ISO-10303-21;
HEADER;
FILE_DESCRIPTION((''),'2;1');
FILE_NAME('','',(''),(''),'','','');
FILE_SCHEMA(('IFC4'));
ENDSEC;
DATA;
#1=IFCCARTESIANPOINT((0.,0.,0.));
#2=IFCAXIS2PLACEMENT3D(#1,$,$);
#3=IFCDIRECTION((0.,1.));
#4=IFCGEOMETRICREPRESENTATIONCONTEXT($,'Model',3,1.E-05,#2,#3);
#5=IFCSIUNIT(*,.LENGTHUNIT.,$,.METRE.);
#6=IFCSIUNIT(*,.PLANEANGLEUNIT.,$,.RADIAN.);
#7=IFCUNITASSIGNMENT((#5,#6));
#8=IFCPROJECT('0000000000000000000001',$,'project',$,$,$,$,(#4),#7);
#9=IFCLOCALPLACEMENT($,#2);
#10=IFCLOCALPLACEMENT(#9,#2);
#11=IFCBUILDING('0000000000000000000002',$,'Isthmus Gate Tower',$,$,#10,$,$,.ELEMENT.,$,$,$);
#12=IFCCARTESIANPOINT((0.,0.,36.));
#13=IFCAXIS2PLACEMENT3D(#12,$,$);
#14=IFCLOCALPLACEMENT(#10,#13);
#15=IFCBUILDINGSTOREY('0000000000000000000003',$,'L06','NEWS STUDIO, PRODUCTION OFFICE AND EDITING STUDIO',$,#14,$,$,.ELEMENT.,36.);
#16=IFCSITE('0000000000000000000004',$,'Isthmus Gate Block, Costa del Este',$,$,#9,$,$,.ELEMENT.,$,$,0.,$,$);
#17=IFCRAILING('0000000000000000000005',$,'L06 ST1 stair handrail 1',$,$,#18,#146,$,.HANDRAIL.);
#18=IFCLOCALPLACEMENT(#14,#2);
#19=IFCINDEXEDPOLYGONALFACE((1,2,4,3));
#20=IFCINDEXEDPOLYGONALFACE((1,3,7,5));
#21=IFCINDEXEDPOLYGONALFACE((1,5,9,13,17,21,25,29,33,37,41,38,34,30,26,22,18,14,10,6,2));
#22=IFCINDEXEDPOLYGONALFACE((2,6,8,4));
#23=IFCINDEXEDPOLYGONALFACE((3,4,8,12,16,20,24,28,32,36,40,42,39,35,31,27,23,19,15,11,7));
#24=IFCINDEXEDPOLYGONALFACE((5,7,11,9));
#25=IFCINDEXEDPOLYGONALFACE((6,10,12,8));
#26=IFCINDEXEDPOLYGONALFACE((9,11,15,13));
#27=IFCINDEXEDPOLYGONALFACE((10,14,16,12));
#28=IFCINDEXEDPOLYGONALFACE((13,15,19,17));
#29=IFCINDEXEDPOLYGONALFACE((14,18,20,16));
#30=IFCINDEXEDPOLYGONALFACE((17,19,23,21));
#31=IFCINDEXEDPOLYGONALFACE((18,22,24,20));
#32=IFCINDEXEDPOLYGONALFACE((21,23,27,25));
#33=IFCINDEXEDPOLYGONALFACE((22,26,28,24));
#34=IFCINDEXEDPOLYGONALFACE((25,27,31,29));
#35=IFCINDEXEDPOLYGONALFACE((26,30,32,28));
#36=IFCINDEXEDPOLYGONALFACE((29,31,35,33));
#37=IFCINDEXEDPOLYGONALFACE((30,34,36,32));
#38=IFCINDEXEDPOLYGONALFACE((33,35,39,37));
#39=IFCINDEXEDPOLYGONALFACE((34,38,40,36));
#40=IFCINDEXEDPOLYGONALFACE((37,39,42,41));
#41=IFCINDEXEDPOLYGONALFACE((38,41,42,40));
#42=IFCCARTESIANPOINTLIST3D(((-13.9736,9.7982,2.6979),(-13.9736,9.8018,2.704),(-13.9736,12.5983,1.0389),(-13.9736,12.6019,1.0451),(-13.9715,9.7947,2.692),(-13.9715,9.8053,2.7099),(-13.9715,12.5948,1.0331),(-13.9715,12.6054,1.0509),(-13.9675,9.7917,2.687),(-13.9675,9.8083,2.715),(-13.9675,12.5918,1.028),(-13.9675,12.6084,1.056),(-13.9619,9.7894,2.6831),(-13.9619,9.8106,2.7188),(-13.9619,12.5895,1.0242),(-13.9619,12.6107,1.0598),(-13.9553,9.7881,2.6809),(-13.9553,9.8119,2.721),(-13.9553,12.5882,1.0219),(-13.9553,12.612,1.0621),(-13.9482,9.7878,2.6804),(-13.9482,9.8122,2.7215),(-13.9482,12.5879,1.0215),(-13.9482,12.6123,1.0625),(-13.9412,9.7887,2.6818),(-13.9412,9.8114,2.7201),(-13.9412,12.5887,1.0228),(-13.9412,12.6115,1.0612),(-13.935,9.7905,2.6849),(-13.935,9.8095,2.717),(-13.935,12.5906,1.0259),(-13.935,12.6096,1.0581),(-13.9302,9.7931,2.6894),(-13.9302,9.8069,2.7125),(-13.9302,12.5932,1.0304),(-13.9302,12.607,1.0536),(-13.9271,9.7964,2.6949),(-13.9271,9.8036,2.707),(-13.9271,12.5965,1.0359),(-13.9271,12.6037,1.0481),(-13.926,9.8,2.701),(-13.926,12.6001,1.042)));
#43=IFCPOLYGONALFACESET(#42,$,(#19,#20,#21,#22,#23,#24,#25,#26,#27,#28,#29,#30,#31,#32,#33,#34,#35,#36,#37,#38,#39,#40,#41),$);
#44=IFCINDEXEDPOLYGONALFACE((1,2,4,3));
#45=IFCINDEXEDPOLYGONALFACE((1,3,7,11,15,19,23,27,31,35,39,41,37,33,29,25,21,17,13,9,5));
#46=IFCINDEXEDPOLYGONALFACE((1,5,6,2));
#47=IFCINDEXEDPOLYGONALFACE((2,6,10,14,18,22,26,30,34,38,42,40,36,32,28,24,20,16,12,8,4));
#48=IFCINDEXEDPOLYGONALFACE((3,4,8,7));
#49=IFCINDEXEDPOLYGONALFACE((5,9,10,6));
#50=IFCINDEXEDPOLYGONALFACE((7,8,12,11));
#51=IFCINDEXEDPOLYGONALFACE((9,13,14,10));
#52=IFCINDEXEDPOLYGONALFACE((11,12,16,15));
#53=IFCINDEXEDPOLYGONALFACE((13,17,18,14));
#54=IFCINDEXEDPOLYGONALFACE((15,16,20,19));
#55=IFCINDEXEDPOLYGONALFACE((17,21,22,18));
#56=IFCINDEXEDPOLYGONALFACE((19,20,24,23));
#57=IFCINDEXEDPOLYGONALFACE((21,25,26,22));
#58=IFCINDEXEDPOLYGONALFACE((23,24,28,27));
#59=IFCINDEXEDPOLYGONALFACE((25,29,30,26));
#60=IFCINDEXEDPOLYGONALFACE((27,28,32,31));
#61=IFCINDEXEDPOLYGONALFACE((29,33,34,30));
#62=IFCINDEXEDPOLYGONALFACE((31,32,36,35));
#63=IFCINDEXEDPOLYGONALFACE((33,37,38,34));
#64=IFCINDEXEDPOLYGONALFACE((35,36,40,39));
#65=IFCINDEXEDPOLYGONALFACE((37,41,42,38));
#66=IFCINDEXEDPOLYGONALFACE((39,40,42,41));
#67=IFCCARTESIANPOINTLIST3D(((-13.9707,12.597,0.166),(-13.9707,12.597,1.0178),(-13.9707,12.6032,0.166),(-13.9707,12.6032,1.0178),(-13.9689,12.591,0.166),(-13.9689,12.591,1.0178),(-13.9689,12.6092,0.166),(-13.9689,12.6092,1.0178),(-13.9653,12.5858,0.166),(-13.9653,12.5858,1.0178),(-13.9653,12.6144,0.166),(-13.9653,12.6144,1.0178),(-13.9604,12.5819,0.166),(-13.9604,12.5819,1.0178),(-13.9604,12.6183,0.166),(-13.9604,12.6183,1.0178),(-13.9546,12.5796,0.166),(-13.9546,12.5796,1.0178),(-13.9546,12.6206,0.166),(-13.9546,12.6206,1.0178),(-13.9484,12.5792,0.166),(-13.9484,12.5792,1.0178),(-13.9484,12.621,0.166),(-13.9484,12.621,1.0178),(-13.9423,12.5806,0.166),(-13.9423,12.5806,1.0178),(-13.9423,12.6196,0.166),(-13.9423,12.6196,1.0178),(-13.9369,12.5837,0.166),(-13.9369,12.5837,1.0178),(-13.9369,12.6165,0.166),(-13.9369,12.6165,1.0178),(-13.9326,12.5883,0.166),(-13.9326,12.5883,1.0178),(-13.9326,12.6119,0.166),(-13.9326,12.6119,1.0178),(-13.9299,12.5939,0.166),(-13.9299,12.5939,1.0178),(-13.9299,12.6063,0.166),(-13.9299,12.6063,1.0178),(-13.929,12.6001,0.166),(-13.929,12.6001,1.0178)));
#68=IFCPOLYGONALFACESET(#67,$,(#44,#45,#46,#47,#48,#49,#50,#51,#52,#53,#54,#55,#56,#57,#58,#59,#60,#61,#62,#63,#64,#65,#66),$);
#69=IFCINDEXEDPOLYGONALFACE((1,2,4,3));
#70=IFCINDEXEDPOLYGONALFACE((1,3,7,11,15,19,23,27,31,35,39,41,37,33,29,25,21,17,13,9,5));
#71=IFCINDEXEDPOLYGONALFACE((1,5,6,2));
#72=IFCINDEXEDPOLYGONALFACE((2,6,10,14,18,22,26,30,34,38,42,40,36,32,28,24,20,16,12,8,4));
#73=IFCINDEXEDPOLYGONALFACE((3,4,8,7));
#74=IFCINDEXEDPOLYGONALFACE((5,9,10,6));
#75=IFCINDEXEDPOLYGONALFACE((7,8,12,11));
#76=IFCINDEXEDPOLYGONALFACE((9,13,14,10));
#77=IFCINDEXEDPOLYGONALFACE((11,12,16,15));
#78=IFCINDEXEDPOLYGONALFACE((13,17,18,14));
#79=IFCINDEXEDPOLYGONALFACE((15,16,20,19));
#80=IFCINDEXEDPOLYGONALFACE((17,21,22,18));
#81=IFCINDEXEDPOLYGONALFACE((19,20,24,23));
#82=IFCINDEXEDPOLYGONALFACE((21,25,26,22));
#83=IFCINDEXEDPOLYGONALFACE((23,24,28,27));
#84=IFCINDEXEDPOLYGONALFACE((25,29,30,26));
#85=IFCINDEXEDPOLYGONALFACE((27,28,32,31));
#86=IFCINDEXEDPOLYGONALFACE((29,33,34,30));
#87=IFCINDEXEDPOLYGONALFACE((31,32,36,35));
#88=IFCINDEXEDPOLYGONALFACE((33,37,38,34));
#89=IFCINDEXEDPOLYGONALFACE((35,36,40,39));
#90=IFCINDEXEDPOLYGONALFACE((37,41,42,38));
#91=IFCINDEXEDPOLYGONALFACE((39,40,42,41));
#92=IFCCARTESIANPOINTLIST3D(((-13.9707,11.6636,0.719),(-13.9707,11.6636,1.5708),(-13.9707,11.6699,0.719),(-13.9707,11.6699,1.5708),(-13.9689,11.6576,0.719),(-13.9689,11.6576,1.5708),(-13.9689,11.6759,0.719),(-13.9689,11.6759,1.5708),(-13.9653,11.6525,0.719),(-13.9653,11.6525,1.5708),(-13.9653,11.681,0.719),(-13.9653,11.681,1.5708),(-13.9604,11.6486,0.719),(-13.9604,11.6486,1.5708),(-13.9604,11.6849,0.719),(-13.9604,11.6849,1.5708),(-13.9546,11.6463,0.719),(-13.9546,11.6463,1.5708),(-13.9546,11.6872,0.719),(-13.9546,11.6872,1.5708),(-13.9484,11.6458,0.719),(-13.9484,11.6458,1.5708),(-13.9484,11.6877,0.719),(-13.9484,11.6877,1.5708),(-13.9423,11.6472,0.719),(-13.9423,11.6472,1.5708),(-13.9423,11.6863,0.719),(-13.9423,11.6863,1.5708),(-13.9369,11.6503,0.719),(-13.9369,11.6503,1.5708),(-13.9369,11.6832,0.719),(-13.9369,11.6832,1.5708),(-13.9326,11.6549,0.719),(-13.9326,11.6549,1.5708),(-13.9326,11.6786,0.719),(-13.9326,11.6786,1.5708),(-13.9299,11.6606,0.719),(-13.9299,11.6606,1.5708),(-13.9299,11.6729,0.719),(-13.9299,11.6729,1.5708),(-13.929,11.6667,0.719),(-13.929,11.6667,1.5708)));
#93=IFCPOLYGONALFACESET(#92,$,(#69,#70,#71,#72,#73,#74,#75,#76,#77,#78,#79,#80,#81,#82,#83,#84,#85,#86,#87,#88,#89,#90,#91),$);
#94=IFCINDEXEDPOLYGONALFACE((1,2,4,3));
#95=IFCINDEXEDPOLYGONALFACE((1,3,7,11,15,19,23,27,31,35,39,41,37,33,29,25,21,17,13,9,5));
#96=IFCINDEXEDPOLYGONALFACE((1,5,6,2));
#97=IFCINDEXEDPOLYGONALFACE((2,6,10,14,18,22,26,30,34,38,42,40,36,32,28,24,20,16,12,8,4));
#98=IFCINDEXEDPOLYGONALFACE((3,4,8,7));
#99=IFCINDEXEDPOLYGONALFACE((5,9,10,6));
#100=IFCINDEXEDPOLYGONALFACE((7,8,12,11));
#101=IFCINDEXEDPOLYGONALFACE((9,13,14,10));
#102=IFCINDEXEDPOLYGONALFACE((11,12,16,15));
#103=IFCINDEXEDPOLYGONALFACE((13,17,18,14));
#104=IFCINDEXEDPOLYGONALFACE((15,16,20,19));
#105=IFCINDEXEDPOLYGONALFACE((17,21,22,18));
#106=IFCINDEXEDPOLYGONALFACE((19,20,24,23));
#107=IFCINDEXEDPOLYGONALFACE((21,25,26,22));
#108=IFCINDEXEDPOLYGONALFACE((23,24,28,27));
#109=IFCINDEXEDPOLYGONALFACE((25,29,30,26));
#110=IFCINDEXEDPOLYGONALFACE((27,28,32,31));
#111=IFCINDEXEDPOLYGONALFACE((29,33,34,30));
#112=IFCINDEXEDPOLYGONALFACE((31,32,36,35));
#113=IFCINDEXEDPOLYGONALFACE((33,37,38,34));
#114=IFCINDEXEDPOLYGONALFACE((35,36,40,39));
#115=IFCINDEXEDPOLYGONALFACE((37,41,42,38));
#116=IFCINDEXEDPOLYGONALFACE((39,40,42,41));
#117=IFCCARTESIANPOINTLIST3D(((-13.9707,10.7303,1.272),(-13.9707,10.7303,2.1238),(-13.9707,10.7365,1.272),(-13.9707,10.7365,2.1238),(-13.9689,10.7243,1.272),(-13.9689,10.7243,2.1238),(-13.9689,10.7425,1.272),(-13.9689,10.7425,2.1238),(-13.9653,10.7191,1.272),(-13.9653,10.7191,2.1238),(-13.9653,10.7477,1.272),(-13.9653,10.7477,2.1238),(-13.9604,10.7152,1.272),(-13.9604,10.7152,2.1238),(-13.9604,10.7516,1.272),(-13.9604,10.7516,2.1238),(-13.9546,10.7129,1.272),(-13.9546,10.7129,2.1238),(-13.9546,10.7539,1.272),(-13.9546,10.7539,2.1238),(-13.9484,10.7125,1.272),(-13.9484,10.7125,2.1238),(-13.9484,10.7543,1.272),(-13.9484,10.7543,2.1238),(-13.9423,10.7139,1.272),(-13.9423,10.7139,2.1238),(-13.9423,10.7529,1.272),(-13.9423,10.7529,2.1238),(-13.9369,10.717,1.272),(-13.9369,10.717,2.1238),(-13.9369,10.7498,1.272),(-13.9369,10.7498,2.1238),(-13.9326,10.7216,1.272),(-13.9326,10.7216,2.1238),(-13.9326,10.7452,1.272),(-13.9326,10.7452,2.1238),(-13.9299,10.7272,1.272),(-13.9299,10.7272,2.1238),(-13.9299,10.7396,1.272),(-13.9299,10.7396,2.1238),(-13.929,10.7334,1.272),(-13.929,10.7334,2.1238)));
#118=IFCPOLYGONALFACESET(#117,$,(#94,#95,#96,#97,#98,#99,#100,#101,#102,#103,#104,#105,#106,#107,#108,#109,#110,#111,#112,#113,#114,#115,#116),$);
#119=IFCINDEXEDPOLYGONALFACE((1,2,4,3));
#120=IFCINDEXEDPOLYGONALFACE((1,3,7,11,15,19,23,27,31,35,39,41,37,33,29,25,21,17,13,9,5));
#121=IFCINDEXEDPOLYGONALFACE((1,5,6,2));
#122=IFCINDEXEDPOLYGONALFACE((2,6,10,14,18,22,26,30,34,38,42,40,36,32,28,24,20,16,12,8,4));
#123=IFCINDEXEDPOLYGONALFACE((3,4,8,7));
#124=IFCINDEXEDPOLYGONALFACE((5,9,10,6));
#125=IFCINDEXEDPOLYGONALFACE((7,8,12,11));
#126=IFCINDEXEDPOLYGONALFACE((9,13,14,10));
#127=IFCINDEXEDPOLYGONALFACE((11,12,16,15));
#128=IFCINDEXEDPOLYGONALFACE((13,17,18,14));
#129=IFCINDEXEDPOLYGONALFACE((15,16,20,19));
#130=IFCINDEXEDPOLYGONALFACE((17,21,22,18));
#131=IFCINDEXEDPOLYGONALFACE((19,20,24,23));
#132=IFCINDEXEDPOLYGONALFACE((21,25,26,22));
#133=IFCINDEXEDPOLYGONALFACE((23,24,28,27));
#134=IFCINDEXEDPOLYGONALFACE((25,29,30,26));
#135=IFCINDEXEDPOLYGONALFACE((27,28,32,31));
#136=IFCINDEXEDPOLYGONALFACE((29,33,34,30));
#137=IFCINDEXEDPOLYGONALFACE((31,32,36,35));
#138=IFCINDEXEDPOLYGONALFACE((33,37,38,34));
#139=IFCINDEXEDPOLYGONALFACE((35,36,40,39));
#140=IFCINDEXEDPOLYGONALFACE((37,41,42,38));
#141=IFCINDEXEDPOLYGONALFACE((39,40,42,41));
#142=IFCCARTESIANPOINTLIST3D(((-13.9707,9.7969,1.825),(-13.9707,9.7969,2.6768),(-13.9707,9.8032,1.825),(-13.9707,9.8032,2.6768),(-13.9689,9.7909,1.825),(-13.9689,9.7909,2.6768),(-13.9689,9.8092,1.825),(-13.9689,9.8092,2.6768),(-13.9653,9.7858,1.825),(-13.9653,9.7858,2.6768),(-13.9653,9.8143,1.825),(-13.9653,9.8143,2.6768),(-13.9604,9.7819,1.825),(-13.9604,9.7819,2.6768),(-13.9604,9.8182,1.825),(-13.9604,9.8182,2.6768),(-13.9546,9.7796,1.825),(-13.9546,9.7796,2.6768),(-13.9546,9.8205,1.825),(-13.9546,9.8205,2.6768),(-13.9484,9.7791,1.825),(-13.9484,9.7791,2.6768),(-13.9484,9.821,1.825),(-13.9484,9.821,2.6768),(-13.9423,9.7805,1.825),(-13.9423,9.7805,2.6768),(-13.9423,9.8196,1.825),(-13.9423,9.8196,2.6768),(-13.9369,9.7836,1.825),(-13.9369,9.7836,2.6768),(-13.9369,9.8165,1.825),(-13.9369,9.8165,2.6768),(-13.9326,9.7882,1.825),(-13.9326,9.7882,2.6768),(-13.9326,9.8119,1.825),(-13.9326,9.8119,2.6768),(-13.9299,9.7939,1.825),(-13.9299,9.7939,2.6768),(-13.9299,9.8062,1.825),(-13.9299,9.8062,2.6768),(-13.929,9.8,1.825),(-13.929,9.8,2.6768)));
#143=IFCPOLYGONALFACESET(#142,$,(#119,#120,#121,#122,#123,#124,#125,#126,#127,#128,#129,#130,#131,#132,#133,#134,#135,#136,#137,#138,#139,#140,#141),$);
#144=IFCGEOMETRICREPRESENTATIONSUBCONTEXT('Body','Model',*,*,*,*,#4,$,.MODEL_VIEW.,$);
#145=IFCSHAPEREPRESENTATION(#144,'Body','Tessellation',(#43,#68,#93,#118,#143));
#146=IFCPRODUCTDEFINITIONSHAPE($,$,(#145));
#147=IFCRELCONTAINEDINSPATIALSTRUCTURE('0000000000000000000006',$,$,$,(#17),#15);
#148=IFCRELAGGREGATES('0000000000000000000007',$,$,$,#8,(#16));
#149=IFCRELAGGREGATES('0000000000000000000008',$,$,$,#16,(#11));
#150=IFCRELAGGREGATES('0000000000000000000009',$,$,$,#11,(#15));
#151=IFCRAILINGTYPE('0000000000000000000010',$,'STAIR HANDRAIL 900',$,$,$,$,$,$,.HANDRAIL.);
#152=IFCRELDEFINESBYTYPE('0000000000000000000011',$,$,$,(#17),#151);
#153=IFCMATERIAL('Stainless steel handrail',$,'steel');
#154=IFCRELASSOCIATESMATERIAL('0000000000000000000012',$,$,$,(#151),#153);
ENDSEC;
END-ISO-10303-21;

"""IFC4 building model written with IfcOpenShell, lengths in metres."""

from ifc_helpers import new_model, si_unit, direction, frame, origin, origin_2d, place, context, subcontext, project, spatial, circle, extrude, material, type_object, element, save


model = new_model("IFC4")

# Units and contexts
model_context = context("Model", 3, precision=1e-05, world=origin(), true_north=direction((0.0, 1.0)))
body_context = subcontext(model_context, "Body", "Model", "MODEL_VIEW")
ifc_project = project(units=[si_unit("LENGTHUNIT", "METRE"), si_unit("PLANEANGLEUNIT", "RADIAN")], contexts=[model_context])

# Site, building, storey
site_placement = place(None, origin())
site = spatial("IfcSite", under=ifc_project, at=site_placement, Name="Isthmus Gate Block, Costa del Este", CompositionType="ELEMENT", RefElevation=0.0)
building_placement = place(site_placement, origin())
building = spatial("IfcBuilding", under=site, at=building_placement, Name="Isthmus Gate Tower", CompositionType="ELEMENT")
storey_placement = place(building_placement, frame((0.0, 0.0, 36.0)))
storey = spatial("IfcBuildingStorey", under=building, at=storey_placement, Name="L06", Description="NEWS STUDIO, PRODUCTION OFFICE AND EDITING STUDIO", CompositionType="ELEMENT", Elevation=36.0)

# Railing
ifc_material_1 = material(Name="Stainless steel handrail", Category="steel")
railing_type_1 = type_object("IfcRailingType", Name="STAIR HANDRAIL 900", PredefinedType="HANDRAIL", material=ifc_material_1)
railing_1_placement = place(storey_placement, frame((-13.95, 12.6001, 0.166)))
element("IfcRailing", 1, at=railing_1_placement, inside=storey, type_object=railing_type_1, Name="L06 ST1 stair handrail 1", PredefinedType="HANDRAIL", context=body_context, shape_type="SweptSolid", body=[
    extrude(circle(Radius=0.0239, at=origin_2d()), frame((0.0, 0.0, 0.876), z_axis=(0.0, -0.860339, 0.509722), x_axis=(1.0, 0.0, 0.0)), (0.0, 0.0, 1.0), 3.2546),
    extrude(circle(Radius=0.021, at=origin_2d()), origin(), (0.0, 0.0, 1.0), 0.8518),
    extrude(circle(Radius=0.021, at=origin_2d()), frame((0.0, -0.9333, 0.553)), (0.0, 0.0, 1.0), 0.8518),
    extrude(circle(Radius=0.021, at=origin_2d()), frame((0.0, -1.8667, 1.106)), (0.0, 0.0, 1.0), 0.8518),
    extrude(circle(Radius=0.021, at=origin_2d()), frame((0.0, -2.8, 1.6589)), (0.0, 0.0, 1.0), 0.8518),
])

save(model, "model.ifc")
